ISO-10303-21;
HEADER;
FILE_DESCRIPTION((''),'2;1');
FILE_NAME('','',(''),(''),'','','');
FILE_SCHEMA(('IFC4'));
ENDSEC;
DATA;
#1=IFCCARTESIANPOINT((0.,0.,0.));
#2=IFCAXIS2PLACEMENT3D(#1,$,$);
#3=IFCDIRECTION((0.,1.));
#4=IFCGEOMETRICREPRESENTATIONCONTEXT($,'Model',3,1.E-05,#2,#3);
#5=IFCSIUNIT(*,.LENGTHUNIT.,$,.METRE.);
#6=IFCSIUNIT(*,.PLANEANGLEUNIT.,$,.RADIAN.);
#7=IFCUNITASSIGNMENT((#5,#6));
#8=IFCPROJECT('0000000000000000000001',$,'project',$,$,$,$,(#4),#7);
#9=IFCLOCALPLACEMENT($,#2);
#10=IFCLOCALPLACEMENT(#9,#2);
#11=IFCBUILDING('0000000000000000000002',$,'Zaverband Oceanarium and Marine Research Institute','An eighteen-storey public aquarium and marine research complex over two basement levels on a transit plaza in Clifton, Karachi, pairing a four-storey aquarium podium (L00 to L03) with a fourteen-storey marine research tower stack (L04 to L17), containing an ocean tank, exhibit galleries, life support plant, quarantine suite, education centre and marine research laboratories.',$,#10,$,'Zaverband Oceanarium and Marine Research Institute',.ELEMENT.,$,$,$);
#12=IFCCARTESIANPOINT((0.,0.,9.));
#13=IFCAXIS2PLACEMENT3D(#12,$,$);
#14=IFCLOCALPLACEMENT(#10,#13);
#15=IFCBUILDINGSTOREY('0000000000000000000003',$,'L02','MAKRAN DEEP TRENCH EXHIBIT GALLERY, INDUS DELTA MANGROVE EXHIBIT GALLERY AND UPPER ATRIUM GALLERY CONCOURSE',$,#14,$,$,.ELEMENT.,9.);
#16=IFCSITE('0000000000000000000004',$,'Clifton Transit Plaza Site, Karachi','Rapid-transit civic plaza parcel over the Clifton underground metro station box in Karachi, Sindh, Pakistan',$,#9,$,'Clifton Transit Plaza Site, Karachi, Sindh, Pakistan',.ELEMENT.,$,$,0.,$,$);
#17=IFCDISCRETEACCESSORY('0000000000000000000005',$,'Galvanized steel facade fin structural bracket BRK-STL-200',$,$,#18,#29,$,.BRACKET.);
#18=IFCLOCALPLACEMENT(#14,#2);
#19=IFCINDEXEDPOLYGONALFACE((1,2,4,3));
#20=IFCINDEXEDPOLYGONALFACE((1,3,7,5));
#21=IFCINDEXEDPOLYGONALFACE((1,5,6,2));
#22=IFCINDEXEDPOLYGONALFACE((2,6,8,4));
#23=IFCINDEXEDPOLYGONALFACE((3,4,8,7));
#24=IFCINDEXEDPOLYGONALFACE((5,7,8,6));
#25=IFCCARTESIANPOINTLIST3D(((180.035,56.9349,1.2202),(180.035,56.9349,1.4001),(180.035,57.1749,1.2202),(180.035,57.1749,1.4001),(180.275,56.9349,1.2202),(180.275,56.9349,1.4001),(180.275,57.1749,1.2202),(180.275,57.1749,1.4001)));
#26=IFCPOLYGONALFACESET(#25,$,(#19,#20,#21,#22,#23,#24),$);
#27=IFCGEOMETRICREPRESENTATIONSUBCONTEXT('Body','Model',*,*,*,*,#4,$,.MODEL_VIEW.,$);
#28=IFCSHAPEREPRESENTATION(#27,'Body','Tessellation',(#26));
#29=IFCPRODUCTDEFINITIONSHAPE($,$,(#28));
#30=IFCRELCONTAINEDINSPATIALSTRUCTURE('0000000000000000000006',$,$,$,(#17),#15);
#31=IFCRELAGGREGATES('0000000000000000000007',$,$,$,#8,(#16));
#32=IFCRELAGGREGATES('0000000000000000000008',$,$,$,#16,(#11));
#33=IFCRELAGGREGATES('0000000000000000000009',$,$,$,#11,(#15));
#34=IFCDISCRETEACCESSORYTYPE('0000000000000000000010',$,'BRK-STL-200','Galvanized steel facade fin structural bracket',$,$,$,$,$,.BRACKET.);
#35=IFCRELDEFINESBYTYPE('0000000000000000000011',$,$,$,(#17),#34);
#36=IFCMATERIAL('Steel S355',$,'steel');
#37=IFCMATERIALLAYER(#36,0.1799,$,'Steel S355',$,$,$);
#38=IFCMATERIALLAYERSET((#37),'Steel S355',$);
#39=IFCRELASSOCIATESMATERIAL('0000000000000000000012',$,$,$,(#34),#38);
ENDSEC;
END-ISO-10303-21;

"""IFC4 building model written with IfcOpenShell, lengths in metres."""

from ifc_helpers import new_model, si_unit, direction, frame, origin, origin_2d, place, context, subcontext, project, spatial, rectangle, extrude, material, layer, layer_set, type_object, element, save


model = new_model("IFC4")

# Units and contexts
model_context = context("Model", 3, precision=1e-05, world=origin(), true_north=direction((0.0, 1.0)))
body_context = subcontext(model_context, "Body", "Model", "MODEL_VIEW")
ifc_project = project(units=[si_unit("LENGTHUNIT", "METRE"), si_unit("PLANEANGLEUNIT", "RADIAN")], contexts=[model_context])

# Site, building, storey
site_placement = place(None, origin())
site = spatial("IfcSite", under=ifc_project, at=site_placement, Name="Clifton Transit Plaza Site, Karachi", Description="Rapid-transit civic plaza parcel over the Clifton underground metro station box in Karachi, Sindh, Pakistan", LongName="Clifton Transit Plaza Site, Karachi, Sindh, Pakistan", CompositionType="ELEMENT", RefElevation=0.0)
building_placement = place(site_placement, origin())
building = spatial("IfcBuilding", under=site, at=building_placement, Name="Zaverband Oceanarium and Marine Research Institute", Description="An eighteen-storey public aquarium and marine research complex over two basement levels on a transit plaza in Clifton, Karachi, pairing a four-storey aquarium podium (L00 to L03) with a fourteen-storey marine research tower stack (L04 to L17), containing an ocean tank, exhibit galleries, life support plant, quarantine suite, education centre and marine research laboratories.", LongName="Zaverband Oceanarium and Marine Research Institute", CompositionType="ELEMENT")
storey_placement = place(building_placement, frame((0.0, 0.0, 9.0)))
storey = spatial("IfcBuildingStorey", under=building, at=storey_placement, Name="L02", Description="MAKRAN DEEP TRENCH EXHIBIT GALLERY, INDUS DELTA MANGROVE EXHIBIT GALLERY AND UPPER ATRIUM GALLERY CONCOURSE", CompositionType="ELEMENT", Elevation=9.0)

# Discrete accessory
ifc_material_1 = material(Name="Steel S355", Category="steel")
ifc_layer_1 = layer(ifc_material_1, 0.1799, Name="Steel S355")
ifc_layer_set_1 = layer_set([ifc_layer_1], Name="Steel S355")
discrete_accessory_type = type_object("IfcDiscreteAccessoryType", Name="BRK-STL-200", Description="Galvanized steel facade fin structural bracket", PredefinedType="BRACKET", material=ifc_layer_set_1)
discrete_accessory_placement = place(storey_placement, frame((180.155, 57.0549, 1.2202), z_axis=(0.0, 0.0, 1.0), x_axis=(1.0, 0.0, 0.0)))
element("IfcDiscreteAccessory", 1, at=discrete_accessory_placement, inside=storey, type_object=discrete_accessory_type, Name="Galvanized steel facade fin structural bracket BRK-STL-200", PredefinedType="BRACKET", context=body_context, shape_type="SweptSolid", body=[
    extrude(rectangle(XDim=0.24, YDim=0.24, at=origin_2d()), origin(), (0.0, 0.0, 1.0), 0.1799),
])

save(model, "model.ifc")
